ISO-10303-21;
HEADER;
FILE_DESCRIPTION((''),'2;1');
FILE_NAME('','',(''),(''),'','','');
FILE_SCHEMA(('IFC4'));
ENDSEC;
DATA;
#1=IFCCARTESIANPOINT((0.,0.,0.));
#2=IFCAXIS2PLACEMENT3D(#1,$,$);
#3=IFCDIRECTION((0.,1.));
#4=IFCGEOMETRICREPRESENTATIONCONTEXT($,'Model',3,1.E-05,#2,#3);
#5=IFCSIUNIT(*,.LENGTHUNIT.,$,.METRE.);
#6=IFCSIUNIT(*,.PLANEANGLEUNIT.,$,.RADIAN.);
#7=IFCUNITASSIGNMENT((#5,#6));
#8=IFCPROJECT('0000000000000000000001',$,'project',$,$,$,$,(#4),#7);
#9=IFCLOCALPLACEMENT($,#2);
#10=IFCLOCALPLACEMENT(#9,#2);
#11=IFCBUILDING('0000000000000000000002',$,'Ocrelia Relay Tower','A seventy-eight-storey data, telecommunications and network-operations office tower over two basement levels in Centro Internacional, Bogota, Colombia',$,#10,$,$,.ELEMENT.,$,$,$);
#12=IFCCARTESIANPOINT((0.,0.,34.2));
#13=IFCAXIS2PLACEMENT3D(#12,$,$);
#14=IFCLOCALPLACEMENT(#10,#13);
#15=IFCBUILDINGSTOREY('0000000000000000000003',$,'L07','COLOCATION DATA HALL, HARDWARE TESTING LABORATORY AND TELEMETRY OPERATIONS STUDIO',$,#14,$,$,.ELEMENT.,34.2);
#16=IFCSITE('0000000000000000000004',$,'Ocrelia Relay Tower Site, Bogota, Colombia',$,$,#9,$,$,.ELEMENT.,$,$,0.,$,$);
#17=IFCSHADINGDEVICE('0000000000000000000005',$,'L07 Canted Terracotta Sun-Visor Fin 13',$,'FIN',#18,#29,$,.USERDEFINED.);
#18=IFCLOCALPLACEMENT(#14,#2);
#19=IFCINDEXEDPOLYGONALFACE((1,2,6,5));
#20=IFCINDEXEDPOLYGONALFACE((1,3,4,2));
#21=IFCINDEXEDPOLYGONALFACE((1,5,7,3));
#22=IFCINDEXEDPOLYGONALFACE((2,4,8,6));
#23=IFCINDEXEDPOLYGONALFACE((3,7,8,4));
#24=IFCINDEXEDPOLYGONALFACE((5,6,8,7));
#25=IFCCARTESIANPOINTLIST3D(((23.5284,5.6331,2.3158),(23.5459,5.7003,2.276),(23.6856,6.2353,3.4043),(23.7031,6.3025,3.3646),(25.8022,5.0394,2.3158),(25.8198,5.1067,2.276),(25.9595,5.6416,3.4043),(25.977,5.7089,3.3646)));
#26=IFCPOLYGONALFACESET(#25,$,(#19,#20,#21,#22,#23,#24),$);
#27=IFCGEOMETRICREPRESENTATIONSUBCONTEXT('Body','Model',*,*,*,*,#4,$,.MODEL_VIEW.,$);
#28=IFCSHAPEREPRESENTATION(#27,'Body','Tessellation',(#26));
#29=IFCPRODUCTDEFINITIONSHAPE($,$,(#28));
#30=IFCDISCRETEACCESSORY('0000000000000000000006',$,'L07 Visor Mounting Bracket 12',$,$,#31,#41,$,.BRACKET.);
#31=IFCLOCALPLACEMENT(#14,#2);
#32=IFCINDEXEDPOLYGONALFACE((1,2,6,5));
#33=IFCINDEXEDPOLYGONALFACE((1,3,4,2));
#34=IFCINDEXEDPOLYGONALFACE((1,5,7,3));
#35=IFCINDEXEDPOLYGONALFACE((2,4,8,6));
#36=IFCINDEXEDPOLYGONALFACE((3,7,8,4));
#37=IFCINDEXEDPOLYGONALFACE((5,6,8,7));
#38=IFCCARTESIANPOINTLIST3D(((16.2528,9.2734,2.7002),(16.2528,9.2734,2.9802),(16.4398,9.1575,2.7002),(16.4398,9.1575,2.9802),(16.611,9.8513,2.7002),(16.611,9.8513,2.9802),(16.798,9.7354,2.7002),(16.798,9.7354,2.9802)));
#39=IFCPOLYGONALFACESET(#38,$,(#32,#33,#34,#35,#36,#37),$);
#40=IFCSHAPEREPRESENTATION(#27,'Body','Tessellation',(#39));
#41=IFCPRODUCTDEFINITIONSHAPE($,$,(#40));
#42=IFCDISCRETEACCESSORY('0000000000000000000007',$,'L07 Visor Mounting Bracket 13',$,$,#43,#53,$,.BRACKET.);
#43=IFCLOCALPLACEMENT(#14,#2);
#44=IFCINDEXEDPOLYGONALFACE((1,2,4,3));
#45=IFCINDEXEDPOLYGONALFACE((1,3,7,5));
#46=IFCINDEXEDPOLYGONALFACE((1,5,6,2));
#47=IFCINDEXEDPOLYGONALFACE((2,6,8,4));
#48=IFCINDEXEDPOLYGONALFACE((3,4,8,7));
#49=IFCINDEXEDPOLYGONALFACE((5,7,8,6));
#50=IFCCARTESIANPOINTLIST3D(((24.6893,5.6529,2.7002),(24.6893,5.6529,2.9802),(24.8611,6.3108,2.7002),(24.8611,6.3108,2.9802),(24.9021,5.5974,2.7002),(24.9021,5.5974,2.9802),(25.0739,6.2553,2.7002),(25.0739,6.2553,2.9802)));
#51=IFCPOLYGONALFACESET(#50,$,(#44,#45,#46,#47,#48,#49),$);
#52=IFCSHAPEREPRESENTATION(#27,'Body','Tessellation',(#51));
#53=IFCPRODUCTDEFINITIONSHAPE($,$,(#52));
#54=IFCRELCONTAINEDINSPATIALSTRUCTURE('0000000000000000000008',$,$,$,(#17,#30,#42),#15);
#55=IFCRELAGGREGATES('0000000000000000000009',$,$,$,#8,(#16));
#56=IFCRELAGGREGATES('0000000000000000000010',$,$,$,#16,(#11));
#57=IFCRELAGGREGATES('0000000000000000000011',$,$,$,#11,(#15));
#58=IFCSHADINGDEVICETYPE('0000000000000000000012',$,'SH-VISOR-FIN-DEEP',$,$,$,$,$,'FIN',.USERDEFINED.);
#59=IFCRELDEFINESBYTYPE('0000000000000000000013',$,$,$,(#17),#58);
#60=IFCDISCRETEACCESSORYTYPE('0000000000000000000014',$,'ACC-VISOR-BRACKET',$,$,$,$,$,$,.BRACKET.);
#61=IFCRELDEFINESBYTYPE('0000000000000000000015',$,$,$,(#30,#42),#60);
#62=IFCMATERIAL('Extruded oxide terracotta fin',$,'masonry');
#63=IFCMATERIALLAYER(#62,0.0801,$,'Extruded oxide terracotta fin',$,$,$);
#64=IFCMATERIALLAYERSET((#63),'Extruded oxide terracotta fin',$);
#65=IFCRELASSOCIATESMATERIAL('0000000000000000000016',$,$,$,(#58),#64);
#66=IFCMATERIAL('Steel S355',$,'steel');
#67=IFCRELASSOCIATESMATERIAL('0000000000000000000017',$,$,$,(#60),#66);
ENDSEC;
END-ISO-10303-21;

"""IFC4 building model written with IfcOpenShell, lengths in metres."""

from ifc_helpers import new_model, si_unit, direction, frame, origin, origin_2d, place, context, subcontext, project, spatial, rectangle, extrude, material, layer, layer_set, type_object, element, save


model = new_model("IFC4")

# Units and contexts
model_context = context("Model", 3, precision=1e-05, world=origin(), true_north=direction((0.0, 1.0)))
body_context = subcontext(model_context, "Body", "Model", "MODEL_VIEW")
ifc_project = project(units=[si_unit("LENGTHUNIT", "METRE"), si_unit("PLANEANGLEUNIT", "RADIAN")], contexts=[model_context])

# Site, building, storey
site_placement = place(None, origin())
site = spatial("IfcSite", under=ifc_project, at=site_placement, Name="Ocrelia Relay Tower Site, Bogota, Colombia", CompositionType="ELEMENT", RefElevation=0.0)
building_placement = place(site_placement, origin())
building = spatial("IfcBuilding", under=site, at=building_placement, Name="Ocrelia Relay Tower", Description="A seventy-eight-storey data, telecommunications and network-operations office tower over two basement levels in Centro Internacional, Bogota, Colombia", CompositionType="ELEMENT")
storey_placement = place(building_placement, frame((0.0, 0.0, 34.2)))
storey = spatial("IfcBuildingStorey", under=building, at=storey_placement, Name="L07", Description="COLOCATION DATA HALL, HARDWARE TESTING LABORATORY AND TELEMETRY OPERATIONS STUDIO", CompositionType="ELEMENT", Elevation=34.2)

# Shared definitions
ifc_material_1 = material(Name="Steel S355", Category="steel")

# Shading device
ifc_material_2 = material(Name="Extruded oxide terracotta fin", Category="masonry")
ifc_layer_1 = layer(ifc_material_2, 0.0801, Name="Extruded oxide terracotta fin")
ifc_layer_set_1 = layer_set([ifc_layer_1], Name="Extruded oxide terracotta fin")
shading_device_type_1 = type_object("IfcShadingDeviceType", Name="SH-VISOR-FIN-DEEP", ElementType="FIN", PredefinedType="USERDEFINED", material=ifc_layer_set_1)
shading_device_1_placement = place(storey_placement, frame((24.7615, 5.7046, 2.8203), z_axis=(-0.219296, -0.839957, 0.496368), x_axis=(0.967568, -0.252612, 0.0)))
element("IfcShadingDevice", 1, at=shading_device_1_placement, inside=storey, type_object=shading_device_type_1, Name="L07 Canted Terracotta Sun-Visor Fin 13", ObjectType="FIN", PredefinedType="USERDEFINED", context=body_context, shape_type="SweptSolid", body=[
    extrude(rectangle(XDim=2.3501, YDim=1.2539, at=origin_2d()), origin(), (0.0, 0.0, 1.0), 0.0801),
])

# Discrete accessories
discrete_accessory_type = type_object("IfcDiscreteAccessoryType", Name="ACC-VISOR-BRACKET", PredefinedType="BRACKET", material=ifc_material_1)
for number, where, z_axis, x_axis, name in (
    (2, (16.5254, 9.5044, 2.7002), (0.0, 0.0, 1.0), (0.850007, -0.526771, 0.0), "L07 Visor Mounting Bracket 12"),
    (3, (24.8816, 5.9541, 2.7002), (0.0, 0.0, 1.0), (0.967568, -0.252612, 0.0), "L07 Visor Mounting Bracket 13"),
):
    element("IfcDiscreteAccessory", number, at=place(storey_placement, frame(where, z_axis=z_axis, x_axis=x_axis)), inside=storey, type_object=discrete_accessory_type, Name=name, PredefinedType="BRACKET", context=body_context, shape_type="SweptSolid", body=[
        extrude(rectangle(XDim=0.22, YDim=0.6799, at=origin_2d()), origin(), (0.0, 0.0, 1.0), 0.28),
    ])

save(model, "model.ifc")
